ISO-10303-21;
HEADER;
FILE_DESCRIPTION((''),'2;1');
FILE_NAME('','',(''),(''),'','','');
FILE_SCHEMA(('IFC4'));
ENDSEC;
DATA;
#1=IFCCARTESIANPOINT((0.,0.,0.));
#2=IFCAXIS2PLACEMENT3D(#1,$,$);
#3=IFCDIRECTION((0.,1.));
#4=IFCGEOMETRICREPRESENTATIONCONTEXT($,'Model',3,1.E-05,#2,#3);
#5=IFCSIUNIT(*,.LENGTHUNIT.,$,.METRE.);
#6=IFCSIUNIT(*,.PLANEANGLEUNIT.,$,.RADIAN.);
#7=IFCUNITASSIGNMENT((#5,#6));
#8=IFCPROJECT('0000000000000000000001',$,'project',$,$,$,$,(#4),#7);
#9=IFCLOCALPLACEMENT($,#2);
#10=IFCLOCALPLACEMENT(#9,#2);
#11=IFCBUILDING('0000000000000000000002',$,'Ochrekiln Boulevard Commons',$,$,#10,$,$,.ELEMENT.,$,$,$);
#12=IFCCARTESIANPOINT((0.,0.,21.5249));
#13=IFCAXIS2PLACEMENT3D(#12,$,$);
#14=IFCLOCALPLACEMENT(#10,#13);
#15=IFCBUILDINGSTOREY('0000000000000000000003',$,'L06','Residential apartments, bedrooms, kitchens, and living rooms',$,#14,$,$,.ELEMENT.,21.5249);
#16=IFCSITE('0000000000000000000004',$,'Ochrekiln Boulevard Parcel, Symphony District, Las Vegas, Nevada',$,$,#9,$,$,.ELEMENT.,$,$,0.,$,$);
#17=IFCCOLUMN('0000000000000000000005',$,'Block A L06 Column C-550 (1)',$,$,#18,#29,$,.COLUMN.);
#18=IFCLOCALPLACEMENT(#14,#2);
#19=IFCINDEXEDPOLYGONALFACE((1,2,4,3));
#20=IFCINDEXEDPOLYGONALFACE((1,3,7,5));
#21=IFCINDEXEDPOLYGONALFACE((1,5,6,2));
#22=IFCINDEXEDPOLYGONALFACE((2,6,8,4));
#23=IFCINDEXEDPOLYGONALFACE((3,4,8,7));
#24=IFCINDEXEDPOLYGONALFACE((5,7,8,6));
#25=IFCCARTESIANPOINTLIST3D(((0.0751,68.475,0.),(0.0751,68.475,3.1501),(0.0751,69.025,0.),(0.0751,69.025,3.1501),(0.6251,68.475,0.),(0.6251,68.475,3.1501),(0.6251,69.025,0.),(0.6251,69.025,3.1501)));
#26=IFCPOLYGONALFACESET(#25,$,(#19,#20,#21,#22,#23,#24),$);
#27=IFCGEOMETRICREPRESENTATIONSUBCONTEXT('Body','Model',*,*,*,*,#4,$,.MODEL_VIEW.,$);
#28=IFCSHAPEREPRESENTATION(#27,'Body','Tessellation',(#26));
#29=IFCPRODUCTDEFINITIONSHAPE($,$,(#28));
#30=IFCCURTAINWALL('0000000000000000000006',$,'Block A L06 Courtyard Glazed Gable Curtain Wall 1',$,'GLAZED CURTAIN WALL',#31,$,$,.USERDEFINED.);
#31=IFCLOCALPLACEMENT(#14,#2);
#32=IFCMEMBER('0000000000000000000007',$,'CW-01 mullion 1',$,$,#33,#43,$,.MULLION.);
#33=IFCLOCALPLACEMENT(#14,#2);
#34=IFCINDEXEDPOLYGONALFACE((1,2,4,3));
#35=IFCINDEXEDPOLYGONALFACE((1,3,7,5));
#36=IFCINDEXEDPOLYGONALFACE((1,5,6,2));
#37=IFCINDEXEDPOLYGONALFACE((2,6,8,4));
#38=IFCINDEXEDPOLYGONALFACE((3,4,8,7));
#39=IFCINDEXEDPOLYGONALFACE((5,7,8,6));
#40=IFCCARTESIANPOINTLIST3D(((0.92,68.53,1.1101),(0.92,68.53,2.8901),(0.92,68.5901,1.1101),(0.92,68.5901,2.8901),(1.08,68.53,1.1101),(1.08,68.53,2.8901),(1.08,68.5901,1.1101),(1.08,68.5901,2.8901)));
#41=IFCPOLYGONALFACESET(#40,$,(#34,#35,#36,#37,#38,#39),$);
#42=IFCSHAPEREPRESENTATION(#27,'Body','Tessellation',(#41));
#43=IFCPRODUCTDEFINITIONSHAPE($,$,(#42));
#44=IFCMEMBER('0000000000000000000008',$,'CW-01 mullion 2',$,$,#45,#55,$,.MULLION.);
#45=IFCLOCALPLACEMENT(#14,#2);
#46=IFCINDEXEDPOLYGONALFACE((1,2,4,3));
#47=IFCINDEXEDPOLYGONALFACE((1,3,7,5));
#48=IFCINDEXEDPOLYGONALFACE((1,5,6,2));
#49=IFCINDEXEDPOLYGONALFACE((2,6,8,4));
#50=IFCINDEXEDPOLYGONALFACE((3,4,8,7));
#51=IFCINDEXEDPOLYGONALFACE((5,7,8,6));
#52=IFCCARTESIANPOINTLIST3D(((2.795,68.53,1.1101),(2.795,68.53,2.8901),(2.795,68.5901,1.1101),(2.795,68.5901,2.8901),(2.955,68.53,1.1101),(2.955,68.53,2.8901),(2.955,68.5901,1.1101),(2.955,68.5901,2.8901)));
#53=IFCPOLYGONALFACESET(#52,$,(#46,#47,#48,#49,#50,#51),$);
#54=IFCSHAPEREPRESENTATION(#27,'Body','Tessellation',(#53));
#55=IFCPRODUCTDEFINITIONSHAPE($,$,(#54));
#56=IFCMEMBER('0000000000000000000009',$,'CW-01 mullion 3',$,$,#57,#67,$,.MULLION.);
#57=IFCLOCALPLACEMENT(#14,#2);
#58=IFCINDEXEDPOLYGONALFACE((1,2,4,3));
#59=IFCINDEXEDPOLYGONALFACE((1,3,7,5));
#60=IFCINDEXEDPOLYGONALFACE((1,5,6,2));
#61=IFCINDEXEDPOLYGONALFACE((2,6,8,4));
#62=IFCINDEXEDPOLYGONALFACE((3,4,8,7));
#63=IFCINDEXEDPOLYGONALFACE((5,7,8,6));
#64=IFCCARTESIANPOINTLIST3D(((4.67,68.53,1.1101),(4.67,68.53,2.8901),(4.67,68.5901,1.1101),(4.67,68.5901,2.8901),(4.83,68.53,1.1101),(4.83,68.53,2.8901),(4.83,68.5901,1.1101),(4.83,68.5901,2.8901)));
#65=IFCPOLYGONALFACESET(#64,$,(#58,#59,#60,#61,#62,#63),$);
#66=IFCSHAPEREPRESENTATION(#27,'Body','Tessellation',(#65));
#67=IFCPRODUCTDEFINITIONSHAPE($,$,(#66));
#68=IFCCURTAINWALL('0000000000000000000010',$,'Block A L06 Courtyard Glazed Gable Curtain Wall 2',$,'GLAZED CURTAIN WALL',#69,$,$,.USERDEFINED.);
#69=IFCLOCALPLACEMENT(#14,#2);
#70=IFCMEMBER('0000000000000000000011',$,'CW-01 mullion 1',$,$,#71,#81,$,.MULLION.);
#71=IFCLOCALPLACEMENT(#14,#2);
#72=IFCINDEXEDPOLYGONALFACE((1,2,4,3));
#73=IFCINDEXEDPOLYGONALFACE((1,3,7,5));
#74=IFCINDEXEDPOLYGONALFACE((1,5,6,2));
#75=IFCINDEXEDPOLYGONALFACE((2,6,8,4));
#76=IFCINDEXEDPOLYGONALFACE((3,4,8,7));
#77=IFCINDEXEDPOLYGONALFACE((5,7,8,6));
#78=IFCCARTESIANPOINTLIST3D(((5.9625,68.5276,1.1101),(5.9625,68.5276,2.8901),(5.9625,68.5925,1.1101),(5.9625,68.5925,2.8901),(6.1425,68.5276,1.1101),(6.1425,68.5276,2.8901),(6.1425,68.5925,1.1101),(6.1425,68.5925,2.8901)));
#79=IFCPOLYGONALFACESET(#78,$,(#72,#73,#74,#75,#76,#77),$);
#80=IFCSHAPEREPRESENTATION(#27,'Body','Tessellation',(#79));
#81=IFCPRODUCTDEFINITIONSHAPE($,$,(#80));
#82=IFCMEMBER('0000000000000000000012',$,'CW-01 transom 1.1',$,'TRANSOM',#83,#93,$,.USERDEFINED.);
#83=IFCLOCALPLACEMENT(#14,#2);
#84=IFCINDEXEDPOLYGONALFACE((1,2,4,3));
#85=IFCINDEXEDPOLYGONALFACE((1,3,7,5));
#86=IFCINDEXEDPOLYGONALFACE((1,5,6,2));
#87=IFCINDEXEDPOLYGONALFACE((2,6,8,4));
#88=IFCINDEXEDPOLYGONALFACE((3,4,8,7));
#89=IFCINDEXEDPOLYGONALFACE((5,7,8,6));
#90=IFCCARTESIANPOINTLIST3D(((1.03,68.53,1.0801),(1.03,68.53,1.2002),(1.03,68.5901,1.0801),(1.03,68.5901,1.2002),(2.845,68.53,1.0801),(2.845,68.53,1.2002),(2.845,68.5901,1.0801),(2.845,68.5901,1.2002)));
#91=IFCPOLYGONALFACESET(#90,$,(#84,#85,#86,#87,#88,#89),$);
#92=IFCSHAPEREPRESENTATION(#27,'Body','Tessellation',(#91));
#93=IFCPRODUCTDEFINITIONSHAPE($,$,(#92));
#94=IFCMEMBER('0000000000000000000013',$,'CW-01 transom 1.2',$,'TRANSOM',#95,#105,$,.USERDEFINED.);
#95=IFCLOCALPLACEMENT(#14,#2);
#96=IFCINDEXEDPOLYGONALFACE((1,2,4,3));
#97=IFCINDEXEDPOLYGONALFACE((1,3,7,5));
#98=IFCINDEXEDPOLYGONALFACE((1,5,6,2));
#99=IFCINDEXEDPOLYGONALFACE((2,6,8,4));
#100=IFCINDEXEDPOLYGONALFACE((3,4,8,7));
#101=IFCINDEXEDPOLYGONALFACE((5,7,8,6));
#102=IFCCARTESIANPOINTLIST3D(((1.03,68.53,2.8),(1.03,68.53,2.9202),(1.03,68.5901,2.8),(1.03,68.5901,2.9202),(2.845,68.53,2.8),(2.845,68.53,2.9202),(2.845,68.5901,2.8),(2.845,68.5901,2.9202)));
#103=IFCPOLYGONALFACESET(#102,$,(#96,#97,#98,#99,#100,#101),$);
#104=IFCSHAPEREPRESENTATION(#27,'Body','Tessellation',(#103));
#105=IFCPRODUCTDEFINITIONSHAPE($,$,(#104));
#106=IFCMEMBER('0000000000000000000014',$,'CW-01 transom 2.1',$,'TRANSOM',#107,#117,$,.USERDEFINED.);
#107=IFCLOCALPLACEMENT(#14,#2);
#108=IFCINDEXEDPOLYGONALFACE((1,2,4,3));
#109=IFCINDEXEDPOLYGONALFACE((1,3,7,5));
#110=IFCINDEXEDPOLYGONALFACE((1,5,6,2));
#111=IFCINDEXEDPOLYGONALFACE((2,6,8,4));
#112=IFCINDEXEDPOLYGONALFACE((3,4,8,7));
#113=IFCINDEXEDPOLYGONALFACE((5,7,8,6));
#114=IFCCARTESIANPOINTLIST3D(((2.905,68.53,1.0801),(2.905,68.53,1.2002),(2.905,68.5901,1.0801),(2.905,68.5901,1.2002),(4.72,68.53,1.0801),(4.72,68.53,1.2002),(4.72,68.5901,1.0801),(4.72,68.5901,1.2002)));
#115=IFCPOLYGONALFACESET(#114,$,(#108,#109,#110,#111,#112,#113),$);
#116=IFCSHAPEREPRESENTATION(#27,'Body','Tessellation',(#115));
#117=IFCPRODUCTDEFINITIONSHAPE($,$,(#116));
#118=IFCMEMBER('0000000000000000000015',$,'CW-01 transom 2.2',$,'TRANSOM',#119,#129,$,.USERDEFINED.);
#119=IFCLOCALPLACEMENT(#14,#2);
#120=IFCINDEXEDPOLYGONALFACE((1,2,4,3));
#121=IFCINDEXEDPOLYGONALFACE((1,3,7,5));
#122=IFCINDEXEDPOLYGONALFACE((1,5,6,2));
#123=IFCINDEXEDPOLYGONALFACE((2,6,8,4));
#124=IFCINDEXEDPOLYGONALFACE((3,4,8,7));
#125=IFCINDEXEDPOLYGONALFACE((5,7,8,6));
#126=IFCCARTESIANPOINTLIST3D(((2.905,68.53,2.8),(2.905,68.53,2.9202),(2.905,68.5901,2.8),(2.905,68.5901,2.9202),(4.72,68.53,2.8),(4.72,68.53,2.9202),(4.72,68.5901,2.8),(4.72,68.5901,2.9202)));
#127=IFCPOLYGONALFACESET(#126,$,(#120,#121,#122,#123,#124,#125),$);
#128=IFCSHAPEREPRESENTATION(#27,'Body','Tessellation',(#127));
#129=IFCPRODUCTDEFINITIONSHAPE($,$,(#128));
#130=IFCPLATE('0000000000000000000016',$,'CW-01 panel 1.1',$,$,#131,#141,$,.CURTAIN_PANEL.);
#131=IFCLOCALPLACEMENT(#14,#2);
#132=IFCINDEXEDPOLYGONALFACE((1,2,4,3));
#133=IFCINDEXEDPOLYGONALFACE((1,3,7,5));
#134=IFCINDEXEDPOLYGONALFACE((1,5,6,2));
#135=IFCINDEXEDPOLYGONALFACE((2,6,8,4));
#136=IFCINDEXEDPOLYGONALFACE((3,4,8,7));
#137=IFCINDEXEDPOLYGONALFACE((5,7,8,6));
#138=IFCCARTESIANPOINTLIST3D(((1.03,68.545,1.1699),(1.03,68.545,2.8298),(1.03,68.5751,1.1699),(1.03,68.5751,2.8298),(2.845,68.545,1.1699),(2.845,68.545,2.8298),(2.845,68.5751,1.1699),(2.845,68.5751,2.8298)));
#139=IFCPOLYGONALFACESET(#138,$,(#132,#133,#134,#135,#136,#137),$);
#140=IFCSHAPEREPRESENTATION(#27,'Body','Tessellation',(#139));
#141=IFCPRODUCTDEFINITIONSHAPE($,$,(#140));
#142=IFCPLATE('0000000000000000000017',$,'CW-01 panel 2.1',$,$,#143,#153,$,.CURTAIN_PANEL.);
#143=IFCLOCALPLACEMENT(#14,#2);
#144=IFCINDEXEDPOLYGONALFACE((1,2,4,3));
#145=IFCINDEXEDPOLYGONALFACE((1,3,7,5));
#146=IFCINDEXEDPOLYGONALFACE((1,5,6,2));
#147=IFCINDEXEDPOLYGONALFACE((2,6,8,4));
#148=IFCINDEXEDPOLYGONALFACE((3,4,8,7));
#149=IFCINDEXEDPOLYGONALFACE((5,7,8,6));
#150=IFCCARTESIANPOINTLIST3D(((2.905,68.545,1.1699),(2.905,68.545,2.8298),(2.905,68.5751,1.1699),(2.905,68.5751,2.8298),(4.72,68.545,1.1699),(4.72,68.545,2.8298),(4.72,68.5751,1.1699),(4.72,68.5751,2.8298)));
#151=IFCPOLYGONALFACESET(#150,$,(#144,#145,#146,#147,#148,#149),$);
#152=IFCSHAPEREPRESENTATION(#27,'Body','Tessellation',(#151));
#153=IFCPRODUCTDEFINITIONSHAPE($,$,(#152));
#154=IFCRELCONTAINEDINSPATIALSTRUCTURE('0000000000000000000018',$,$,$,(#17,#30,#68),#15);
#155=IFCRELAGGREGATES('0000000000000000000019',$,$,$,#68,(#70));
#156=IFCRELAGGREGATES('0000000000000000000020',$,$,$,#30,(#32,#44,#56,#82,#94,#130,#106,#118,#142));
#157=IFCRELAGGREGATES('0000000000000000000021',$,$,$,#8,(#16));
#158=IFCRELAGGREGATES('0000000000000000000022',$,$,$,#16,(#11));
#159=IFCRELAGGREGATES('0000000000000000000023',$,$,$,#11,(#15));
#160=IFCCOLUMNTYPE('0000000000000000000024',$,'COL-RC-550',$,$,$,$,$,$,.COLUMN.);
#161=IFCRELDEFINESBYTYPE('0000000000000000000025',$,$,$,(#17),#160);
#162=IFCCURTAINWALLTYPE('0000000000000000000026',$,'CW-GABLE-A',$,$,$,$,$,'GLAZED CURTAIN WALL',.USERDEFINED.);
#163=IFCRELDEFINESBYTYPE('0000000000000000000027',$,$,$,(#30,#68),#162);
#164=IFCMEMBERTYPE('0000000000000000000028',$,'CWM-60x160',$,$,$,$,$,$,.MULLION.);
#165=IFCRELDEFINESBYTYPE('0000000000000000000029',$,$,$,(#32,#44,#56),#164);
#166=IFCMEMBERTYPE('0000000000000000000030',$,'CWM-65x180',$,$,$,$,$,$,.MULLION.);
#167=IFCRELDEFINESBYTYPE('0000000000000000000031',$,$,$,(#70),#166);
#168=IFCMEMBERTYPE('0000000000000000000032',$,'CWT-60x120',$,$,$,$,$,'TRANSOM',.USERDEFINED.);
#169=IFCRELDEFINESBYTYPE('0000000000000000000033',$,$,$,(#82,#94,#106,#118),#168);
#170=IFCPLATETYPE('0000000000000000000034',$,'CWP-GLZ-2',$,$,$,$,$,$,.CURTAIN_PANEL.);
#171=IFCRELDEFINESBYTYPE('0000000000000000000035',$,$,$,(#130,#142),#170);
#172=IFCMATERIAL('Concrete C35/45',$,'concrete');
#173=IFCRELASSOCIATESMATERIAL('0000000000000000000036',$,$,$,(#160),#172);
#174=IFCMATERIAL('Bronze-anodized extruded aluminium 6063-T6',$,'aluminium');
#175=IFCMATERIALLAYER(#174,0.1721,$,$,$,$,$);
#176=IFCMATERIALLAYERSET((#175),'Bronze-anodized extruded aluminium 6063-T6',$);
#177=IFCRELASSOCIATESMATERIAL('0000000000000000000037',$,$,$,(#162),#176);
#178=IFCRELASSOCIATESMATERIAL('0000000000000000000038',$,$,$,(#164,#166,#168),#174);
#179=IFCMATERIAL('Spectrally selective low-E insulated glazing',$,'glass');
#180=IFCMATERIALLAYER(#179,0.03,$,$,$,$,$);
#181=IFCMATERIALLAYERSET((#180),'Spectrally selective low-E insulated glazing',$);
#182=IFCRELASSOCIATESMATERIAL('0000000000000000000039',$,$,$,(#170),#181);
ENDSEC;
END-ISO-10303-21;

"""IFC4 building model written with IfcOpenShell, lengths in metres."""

from ifc_helpers import new_model, si_unit, direction, frame, origin, origin_2d, place, context, subcontext, project, spatial, rectangle, extrude, material, layer, layer_set, material_profile, profile_set, type_object, element, aggregate, save


model = new_model("IFC4")

# Units and contexts
model_context = context("Model", 3, precision=1e-05, world=origin(), true_north=direction((0.0, 1.0)))
body_context = subcontext(model_context, "Body", "Model", "MODEL_VIEW")
ifc_project = project(units=[si_unit("LENGTHUNIT", "METRE"), si_unit("PLANEANGLEUNIT", "RADIAN")], contexts=[model_context])

# Site, building, storey
site_placement = place(None, origin())
site = spatial("IfcSite", under=ifc_project, at=site_placement, Name="Ochrekiln Boulevard Parcel, Symphony District, Las Vegas, Nevada", CompositionType="ELEMENT", RefElevation=0.0)
building_placement = place(site_placement, origin())
building = spatial("IfcBuilding", under=site, at=building_placement, Name="Ochrekiln Boulevard Commons", CompositionType="ELEMENT")
storey_placement = place(building_placement, frame((0.0, 0.0, 21.5249)))
storey = spatial("IfcBuildingStorey", under=building, at=storey_placement, Name="L06", Description="Residential apartments, bedrooms, kitchens, and living rooms", CompositionType="ELEMENT", Elevation=21.5249)

# Column
ifc_material_1 = material(Name="Concrete C35/45", Category="concrete")
ifc_material_profile_1 = material_profile(ifc_material_1, rectangle(XDim=0.55, YDim=0.55, at=origin_2d()), Name="RC-COL-550x550")
ifc_profile_set_1 = profile_set([ifc_material_profile_1], Name="Concrete C35/45")
column_type = type_object("IfcColumnType", Name="COL-RC-550", PredefinedType="COLUMN", material=ifc_profile_set_1)
column_placement = place(storey_placement, frame((0.3501, 68.75, 0.0), z_axis=(0.0, 0.0, 1.0), x_axis=(1.0, 0.0, 0.0)))
element("IfcColumn", 1, at=column_placement, inside=storey, type_object=column_type, Name="Block A L06 Column C-550 (1)", PredefinedType="COLUMN", context=body_context, shape_type="SweptSolid", body=[
    extrude(rectangle(XDim=0.55, YDim=0.55, at=origin_2d()), origin(), (0.0, 0.0, 1.0), 3.1501),
])

# Curtain wall, members
ifc_material_2 = material(Name="Bronze-anodized extruded aluminium 6063-T6", Category="aluminium")
ifc_layer_1 = layer(ifc_material_2, 0.1721)
ifc_layer_set_1 = layer_set([ifc_layer_1], Name="Bronze-anodized extruded aluminium 6063-T6")
curtain_wall_type = type_object("IfcCurtainWallType", Name="CW-GABLE-A", ElementType="GLAZED CURTAIN WALL", PredefinedType="USERDEFINED", material=ifc_layer_set_1)
curtain_wall_1_placement = place(storey_placement, origin())
curtain_wall_1 = element("IfcCurtainWall", 2, at=curtain_wall_1_placement, inside=storey, type_object=curtain_wall_type, Name="Block A L06 Courtyard Glazed Gable Curtain Wall 1", ObjectType="GLAZED CURTAIN WALL", PredefinedType="USERDEFINED")
ifc_material_profile_2 = material_profile(ifc_material_2, rectangle(XDim=0.0601, YDim=0.1599, at=origin_2d()), Name="ALU-MUL-60x160")
ifc_profile_set_2 = profile_set([ifc_material_profile_2], Name="Bronze-anodized extruded aluminium 6063-T6")
member_type_1 = type_object("IfcMemberType", Name="CWM-60x160", PredefinedType="MULLION", material=ifc_profile_set_2)
member_1_placement = place(storey_placement, frame((1.0, 68.5601, 1.1101), z_axis=(0.0, 0.0, 1.0), x_axis=(0.0, 1.0, 0.0)))
member_1 = element("IfcMember", 3, at=member_1_placement, type_object=member_type_1, Name="CW-01 mullion 1", PredefinedType="MULLION", context=body_context, shape_type="SweptSolid", body=[
    extrude(rectangle(XDim=0.0601, YDim=0.1599, at=origin_2d()), origin(), (0.0, 0.0, 1.0), 1.78),
])
member_2_placement = place(storey_placement, frame((2.875, 68.5601, 1.1101), z_axis=(0.0, 0.0, 1.0), x_axis=(0.0, 1.0, 0.0)))
member_2 = element("IfcMember", 4, at=member_2_placement, type_object=member_type_1, Name="CW-01 mullion 2", PredefinedType="MULLION", context=body_context, shape_type="SweptSolid", body=[
    extrude(rectangle(XDim=0.0601, YDim=0.1599, at=origin_2d()), origin(), (0.0, 0.0, 1.0), 1.78),
])
member_3_placement = place(storey_placement, frame((4.75, 68.5601, 1.1101), z_axis=(0.0, 0.0, 1.0), x_axis=(0.0, 1.0, 0.0)))
member_3 = element("IfcMember", 5, at=member_3_placement, type_object=member_type_1, Name="CW-01 mullion 3", PredefinedType="MULLION", context=body_context, shape_type="SweptSolid", body=[
    extrude(rectangle(XDim=0.0601, YDim=0.1599, at=origin_2d()), origin(), (0.0, 0.0, 1.0), 1.78),
])

# Curtain wall, member
curtain_wall_2_placement = place(storey_placement, origin())
curtain_wall_2 = element("IfcCurtainWall", 6, at=curtain_wall_2_placement, inside=storey, type_object=curtain_wall_type, Name="Block A L06 Courtyard Glazed Gable Curtain Wall 2", ObjectType="GLAZED CURTAIN WALL", PredefinedType="USERDEFINED")
ifc_material_profile_3 = material_profile(ifc_material_2, rectangle(XDim=0.0649, YDim=0.1799, at=origin_2d()), Name="ALU-MUL-65x180")
ifc_profile_set_3 = profile_set([ifc_material_profile_3], Name="Bronze-anodized extruded aluminium 6063-T6")
member_type_2 = type_object("IfcMemberType", Name="CWM-65x180", PredefinedType="MULLION", material=ifc_profile_set_3)
member_4_placement = place(storey_placement, frame((6.0525, 68.5601, 1.1101), z_axis=(0.0, 0.0, 1.0), x_axis=(0.0, 1.0, 0.0)))
member_4 = element("IfcMember", 7, at=member_4_placement, type_object=member_type_2, Name="CW-01 mullion 1", PredefinedType="MULLION", context=body_context, shape_type="SweptSolid", body=[
    extrude(rectangle(XDim=0.0649, YDim=0.1799, at=origin_2d()), origin(), (0.0, 0.0, 1.0), 1.78),
])
aggregate(curtain_wall_2, [member_4])

# Members
ifc_material_profile_4 = material_profile(ifc_material_2, rectangle(XDim=0.0601, YDim=0.1201, at=origin_2d()), Name="ALU-TRN-60x120")
ifc_profile_set_4 = profile_set([ifc_material_profile_4], Name="Bronze-anodized extruded aluminium 6063-T6")
member_type_3 = type_object("IfcMemberType", Name="CWT-60x120", ElementType="TRANSOM", PredefinedType="USERDEFINED", material=ifc_profile_set_4)
member_5_placement = place(storey_placement, frame((1.03, 68.5601, 1.1401), z_axis=(1.0, 0.0, 0.0), x_axis=(0.0, 1.0, 0.0)))
member_5 = element("IfcMember", 8, at=member_5_placement, type_object=member_type_3, Name="CW-01 transom 1.1", ObjectType="TRANSOM", PredefinedType="USERDEFINED", context=body_context, shape_type="SweptSolid", body=[
    extrude(rectangle(XDim=0.0601, YDim=0.1201, at=origin_2d()), origin(), (0.0, 0.0, 1.0), 1.8149),
])
member_6_placement = place(storey_placement, frame((1.03, 68.5601, 2.8601), z_axis=(1.0, 0.0, 0.0), x_axis=(0.0, 1.0, 0.0)))
member_6 = element("IfcMember", 9, at=member_6_placement, type_object=member_type_3, Name="CW-01 transom 1.2", ObjectType="TRANSOM", PredefinedType="USERDEFINED", context=body_context, shape_type="SweptSolid", body=[
    extrude(rectangle(XDim=0.0601, YDim=0.1201, at=origin_2d()), origin(), (0.0, 0.0, 1.0), 1.8149),
])
member_7_placement = place(storey_placement, frame((2.905, 68.5601, 1.1401), z_axis=(1.0, 0.0, 0.0), x_axis=(0.0, 1.0, 0.0)))
member_7 = element("IfcMember", 10, at=member_7_placement, type_object=member_type_3, Name="CW-01 transom 2.1", ObjectType="TRANSOM", PredefinedType="USERDEFINED", context=body_context, shape_type="SweptSolid", body=[
    extrude(rectangle(XDim=0.0601, YDim=0.1201, at=origin_2d()), origin(), (0.0, 0.0, 1.0), 1.8149),
])
member_8_placement = place(storey_placement, frame((2.905, 68.5601, 2.8601), z_axis=(1.0, 0.0, 0.0), x_axis=(0.0, 1.0, 0.0)))
member_8 = element("IfcMember", 11, at=member_8_placement, type_object=member_type_3, Name="CW-01 transom 2.2", ObjectType="TRANSOM", PredefinedType="USERDEFINED", context=body_context, shape_type="SweptSolid", body=[
    extrude(rectangle(XDim=0.0601, YDim=0.1201, at=origin_2d()), origin(), (0.0, 0.0, 1.0), 1.8149),
])

# Plates
ifc_material_3 = material(Name="Spectrally selective low-E insulated glazing", Category="glass")
ifc_layer_2 = layer(ifc_material_3, 0.03)
ifc_layer_set_2 = layer_set([ifc_layer_2], Name="Spectrally selective low-E insulated glazing")
plate_type = type_object("IfcPlateType", Name="CWP-GLZ-2", PredefinedType="CURTAIN_PANEL", material=ifc_layer_set_2)
plate_1_placement = place(storey_placement, frame((1.9375, 68.5601, 1.1699), z_axis=(0.0, 0.0, 1.0), x_axis=(1.0, 0.0, 0.0)))
plate_1 = element("IfcPlate", 12, at=plate_1_placement, type_object=plate_type, Name="CW-01 panel 1.1", PredefinedType="CURTAIN_PANEL", context=body_context, shape_type="SweptSolid", body=[
    extrude(rectangle(XDim=1.8149, YDim=0.03, at=origin_2d()), origin(), (0.0, 0.0, 1.0), 1.6599),
])
plate_2_placement = place(storey_placement, frame((3.8125, 68.5601, 1.1699), z_axis=(0.0, 0.0, 1.0), x_axis=(1.0, 0.0, 0.0)))
plate_2 = element("IfcPlate", 13, at=plate_2_placement, type_object=plate_type, Name="CW-01 panel 2.1", PredefinedType="CURTAIN_PANEL", context=body_context, shape_type="SweptSolid", body=[
    extrude(rectangle(XDim=1.8149, YDim=0.03, at=origin_2d()), origin(), (0.0, 0.0, 1.0), 1.6599),
])
aggregate(curtain_wall_1, [member_1, member_2, member_3, member_5, member_6, plate_1, member_7, member_8, plate_2])

save(model, "model.ifc")
